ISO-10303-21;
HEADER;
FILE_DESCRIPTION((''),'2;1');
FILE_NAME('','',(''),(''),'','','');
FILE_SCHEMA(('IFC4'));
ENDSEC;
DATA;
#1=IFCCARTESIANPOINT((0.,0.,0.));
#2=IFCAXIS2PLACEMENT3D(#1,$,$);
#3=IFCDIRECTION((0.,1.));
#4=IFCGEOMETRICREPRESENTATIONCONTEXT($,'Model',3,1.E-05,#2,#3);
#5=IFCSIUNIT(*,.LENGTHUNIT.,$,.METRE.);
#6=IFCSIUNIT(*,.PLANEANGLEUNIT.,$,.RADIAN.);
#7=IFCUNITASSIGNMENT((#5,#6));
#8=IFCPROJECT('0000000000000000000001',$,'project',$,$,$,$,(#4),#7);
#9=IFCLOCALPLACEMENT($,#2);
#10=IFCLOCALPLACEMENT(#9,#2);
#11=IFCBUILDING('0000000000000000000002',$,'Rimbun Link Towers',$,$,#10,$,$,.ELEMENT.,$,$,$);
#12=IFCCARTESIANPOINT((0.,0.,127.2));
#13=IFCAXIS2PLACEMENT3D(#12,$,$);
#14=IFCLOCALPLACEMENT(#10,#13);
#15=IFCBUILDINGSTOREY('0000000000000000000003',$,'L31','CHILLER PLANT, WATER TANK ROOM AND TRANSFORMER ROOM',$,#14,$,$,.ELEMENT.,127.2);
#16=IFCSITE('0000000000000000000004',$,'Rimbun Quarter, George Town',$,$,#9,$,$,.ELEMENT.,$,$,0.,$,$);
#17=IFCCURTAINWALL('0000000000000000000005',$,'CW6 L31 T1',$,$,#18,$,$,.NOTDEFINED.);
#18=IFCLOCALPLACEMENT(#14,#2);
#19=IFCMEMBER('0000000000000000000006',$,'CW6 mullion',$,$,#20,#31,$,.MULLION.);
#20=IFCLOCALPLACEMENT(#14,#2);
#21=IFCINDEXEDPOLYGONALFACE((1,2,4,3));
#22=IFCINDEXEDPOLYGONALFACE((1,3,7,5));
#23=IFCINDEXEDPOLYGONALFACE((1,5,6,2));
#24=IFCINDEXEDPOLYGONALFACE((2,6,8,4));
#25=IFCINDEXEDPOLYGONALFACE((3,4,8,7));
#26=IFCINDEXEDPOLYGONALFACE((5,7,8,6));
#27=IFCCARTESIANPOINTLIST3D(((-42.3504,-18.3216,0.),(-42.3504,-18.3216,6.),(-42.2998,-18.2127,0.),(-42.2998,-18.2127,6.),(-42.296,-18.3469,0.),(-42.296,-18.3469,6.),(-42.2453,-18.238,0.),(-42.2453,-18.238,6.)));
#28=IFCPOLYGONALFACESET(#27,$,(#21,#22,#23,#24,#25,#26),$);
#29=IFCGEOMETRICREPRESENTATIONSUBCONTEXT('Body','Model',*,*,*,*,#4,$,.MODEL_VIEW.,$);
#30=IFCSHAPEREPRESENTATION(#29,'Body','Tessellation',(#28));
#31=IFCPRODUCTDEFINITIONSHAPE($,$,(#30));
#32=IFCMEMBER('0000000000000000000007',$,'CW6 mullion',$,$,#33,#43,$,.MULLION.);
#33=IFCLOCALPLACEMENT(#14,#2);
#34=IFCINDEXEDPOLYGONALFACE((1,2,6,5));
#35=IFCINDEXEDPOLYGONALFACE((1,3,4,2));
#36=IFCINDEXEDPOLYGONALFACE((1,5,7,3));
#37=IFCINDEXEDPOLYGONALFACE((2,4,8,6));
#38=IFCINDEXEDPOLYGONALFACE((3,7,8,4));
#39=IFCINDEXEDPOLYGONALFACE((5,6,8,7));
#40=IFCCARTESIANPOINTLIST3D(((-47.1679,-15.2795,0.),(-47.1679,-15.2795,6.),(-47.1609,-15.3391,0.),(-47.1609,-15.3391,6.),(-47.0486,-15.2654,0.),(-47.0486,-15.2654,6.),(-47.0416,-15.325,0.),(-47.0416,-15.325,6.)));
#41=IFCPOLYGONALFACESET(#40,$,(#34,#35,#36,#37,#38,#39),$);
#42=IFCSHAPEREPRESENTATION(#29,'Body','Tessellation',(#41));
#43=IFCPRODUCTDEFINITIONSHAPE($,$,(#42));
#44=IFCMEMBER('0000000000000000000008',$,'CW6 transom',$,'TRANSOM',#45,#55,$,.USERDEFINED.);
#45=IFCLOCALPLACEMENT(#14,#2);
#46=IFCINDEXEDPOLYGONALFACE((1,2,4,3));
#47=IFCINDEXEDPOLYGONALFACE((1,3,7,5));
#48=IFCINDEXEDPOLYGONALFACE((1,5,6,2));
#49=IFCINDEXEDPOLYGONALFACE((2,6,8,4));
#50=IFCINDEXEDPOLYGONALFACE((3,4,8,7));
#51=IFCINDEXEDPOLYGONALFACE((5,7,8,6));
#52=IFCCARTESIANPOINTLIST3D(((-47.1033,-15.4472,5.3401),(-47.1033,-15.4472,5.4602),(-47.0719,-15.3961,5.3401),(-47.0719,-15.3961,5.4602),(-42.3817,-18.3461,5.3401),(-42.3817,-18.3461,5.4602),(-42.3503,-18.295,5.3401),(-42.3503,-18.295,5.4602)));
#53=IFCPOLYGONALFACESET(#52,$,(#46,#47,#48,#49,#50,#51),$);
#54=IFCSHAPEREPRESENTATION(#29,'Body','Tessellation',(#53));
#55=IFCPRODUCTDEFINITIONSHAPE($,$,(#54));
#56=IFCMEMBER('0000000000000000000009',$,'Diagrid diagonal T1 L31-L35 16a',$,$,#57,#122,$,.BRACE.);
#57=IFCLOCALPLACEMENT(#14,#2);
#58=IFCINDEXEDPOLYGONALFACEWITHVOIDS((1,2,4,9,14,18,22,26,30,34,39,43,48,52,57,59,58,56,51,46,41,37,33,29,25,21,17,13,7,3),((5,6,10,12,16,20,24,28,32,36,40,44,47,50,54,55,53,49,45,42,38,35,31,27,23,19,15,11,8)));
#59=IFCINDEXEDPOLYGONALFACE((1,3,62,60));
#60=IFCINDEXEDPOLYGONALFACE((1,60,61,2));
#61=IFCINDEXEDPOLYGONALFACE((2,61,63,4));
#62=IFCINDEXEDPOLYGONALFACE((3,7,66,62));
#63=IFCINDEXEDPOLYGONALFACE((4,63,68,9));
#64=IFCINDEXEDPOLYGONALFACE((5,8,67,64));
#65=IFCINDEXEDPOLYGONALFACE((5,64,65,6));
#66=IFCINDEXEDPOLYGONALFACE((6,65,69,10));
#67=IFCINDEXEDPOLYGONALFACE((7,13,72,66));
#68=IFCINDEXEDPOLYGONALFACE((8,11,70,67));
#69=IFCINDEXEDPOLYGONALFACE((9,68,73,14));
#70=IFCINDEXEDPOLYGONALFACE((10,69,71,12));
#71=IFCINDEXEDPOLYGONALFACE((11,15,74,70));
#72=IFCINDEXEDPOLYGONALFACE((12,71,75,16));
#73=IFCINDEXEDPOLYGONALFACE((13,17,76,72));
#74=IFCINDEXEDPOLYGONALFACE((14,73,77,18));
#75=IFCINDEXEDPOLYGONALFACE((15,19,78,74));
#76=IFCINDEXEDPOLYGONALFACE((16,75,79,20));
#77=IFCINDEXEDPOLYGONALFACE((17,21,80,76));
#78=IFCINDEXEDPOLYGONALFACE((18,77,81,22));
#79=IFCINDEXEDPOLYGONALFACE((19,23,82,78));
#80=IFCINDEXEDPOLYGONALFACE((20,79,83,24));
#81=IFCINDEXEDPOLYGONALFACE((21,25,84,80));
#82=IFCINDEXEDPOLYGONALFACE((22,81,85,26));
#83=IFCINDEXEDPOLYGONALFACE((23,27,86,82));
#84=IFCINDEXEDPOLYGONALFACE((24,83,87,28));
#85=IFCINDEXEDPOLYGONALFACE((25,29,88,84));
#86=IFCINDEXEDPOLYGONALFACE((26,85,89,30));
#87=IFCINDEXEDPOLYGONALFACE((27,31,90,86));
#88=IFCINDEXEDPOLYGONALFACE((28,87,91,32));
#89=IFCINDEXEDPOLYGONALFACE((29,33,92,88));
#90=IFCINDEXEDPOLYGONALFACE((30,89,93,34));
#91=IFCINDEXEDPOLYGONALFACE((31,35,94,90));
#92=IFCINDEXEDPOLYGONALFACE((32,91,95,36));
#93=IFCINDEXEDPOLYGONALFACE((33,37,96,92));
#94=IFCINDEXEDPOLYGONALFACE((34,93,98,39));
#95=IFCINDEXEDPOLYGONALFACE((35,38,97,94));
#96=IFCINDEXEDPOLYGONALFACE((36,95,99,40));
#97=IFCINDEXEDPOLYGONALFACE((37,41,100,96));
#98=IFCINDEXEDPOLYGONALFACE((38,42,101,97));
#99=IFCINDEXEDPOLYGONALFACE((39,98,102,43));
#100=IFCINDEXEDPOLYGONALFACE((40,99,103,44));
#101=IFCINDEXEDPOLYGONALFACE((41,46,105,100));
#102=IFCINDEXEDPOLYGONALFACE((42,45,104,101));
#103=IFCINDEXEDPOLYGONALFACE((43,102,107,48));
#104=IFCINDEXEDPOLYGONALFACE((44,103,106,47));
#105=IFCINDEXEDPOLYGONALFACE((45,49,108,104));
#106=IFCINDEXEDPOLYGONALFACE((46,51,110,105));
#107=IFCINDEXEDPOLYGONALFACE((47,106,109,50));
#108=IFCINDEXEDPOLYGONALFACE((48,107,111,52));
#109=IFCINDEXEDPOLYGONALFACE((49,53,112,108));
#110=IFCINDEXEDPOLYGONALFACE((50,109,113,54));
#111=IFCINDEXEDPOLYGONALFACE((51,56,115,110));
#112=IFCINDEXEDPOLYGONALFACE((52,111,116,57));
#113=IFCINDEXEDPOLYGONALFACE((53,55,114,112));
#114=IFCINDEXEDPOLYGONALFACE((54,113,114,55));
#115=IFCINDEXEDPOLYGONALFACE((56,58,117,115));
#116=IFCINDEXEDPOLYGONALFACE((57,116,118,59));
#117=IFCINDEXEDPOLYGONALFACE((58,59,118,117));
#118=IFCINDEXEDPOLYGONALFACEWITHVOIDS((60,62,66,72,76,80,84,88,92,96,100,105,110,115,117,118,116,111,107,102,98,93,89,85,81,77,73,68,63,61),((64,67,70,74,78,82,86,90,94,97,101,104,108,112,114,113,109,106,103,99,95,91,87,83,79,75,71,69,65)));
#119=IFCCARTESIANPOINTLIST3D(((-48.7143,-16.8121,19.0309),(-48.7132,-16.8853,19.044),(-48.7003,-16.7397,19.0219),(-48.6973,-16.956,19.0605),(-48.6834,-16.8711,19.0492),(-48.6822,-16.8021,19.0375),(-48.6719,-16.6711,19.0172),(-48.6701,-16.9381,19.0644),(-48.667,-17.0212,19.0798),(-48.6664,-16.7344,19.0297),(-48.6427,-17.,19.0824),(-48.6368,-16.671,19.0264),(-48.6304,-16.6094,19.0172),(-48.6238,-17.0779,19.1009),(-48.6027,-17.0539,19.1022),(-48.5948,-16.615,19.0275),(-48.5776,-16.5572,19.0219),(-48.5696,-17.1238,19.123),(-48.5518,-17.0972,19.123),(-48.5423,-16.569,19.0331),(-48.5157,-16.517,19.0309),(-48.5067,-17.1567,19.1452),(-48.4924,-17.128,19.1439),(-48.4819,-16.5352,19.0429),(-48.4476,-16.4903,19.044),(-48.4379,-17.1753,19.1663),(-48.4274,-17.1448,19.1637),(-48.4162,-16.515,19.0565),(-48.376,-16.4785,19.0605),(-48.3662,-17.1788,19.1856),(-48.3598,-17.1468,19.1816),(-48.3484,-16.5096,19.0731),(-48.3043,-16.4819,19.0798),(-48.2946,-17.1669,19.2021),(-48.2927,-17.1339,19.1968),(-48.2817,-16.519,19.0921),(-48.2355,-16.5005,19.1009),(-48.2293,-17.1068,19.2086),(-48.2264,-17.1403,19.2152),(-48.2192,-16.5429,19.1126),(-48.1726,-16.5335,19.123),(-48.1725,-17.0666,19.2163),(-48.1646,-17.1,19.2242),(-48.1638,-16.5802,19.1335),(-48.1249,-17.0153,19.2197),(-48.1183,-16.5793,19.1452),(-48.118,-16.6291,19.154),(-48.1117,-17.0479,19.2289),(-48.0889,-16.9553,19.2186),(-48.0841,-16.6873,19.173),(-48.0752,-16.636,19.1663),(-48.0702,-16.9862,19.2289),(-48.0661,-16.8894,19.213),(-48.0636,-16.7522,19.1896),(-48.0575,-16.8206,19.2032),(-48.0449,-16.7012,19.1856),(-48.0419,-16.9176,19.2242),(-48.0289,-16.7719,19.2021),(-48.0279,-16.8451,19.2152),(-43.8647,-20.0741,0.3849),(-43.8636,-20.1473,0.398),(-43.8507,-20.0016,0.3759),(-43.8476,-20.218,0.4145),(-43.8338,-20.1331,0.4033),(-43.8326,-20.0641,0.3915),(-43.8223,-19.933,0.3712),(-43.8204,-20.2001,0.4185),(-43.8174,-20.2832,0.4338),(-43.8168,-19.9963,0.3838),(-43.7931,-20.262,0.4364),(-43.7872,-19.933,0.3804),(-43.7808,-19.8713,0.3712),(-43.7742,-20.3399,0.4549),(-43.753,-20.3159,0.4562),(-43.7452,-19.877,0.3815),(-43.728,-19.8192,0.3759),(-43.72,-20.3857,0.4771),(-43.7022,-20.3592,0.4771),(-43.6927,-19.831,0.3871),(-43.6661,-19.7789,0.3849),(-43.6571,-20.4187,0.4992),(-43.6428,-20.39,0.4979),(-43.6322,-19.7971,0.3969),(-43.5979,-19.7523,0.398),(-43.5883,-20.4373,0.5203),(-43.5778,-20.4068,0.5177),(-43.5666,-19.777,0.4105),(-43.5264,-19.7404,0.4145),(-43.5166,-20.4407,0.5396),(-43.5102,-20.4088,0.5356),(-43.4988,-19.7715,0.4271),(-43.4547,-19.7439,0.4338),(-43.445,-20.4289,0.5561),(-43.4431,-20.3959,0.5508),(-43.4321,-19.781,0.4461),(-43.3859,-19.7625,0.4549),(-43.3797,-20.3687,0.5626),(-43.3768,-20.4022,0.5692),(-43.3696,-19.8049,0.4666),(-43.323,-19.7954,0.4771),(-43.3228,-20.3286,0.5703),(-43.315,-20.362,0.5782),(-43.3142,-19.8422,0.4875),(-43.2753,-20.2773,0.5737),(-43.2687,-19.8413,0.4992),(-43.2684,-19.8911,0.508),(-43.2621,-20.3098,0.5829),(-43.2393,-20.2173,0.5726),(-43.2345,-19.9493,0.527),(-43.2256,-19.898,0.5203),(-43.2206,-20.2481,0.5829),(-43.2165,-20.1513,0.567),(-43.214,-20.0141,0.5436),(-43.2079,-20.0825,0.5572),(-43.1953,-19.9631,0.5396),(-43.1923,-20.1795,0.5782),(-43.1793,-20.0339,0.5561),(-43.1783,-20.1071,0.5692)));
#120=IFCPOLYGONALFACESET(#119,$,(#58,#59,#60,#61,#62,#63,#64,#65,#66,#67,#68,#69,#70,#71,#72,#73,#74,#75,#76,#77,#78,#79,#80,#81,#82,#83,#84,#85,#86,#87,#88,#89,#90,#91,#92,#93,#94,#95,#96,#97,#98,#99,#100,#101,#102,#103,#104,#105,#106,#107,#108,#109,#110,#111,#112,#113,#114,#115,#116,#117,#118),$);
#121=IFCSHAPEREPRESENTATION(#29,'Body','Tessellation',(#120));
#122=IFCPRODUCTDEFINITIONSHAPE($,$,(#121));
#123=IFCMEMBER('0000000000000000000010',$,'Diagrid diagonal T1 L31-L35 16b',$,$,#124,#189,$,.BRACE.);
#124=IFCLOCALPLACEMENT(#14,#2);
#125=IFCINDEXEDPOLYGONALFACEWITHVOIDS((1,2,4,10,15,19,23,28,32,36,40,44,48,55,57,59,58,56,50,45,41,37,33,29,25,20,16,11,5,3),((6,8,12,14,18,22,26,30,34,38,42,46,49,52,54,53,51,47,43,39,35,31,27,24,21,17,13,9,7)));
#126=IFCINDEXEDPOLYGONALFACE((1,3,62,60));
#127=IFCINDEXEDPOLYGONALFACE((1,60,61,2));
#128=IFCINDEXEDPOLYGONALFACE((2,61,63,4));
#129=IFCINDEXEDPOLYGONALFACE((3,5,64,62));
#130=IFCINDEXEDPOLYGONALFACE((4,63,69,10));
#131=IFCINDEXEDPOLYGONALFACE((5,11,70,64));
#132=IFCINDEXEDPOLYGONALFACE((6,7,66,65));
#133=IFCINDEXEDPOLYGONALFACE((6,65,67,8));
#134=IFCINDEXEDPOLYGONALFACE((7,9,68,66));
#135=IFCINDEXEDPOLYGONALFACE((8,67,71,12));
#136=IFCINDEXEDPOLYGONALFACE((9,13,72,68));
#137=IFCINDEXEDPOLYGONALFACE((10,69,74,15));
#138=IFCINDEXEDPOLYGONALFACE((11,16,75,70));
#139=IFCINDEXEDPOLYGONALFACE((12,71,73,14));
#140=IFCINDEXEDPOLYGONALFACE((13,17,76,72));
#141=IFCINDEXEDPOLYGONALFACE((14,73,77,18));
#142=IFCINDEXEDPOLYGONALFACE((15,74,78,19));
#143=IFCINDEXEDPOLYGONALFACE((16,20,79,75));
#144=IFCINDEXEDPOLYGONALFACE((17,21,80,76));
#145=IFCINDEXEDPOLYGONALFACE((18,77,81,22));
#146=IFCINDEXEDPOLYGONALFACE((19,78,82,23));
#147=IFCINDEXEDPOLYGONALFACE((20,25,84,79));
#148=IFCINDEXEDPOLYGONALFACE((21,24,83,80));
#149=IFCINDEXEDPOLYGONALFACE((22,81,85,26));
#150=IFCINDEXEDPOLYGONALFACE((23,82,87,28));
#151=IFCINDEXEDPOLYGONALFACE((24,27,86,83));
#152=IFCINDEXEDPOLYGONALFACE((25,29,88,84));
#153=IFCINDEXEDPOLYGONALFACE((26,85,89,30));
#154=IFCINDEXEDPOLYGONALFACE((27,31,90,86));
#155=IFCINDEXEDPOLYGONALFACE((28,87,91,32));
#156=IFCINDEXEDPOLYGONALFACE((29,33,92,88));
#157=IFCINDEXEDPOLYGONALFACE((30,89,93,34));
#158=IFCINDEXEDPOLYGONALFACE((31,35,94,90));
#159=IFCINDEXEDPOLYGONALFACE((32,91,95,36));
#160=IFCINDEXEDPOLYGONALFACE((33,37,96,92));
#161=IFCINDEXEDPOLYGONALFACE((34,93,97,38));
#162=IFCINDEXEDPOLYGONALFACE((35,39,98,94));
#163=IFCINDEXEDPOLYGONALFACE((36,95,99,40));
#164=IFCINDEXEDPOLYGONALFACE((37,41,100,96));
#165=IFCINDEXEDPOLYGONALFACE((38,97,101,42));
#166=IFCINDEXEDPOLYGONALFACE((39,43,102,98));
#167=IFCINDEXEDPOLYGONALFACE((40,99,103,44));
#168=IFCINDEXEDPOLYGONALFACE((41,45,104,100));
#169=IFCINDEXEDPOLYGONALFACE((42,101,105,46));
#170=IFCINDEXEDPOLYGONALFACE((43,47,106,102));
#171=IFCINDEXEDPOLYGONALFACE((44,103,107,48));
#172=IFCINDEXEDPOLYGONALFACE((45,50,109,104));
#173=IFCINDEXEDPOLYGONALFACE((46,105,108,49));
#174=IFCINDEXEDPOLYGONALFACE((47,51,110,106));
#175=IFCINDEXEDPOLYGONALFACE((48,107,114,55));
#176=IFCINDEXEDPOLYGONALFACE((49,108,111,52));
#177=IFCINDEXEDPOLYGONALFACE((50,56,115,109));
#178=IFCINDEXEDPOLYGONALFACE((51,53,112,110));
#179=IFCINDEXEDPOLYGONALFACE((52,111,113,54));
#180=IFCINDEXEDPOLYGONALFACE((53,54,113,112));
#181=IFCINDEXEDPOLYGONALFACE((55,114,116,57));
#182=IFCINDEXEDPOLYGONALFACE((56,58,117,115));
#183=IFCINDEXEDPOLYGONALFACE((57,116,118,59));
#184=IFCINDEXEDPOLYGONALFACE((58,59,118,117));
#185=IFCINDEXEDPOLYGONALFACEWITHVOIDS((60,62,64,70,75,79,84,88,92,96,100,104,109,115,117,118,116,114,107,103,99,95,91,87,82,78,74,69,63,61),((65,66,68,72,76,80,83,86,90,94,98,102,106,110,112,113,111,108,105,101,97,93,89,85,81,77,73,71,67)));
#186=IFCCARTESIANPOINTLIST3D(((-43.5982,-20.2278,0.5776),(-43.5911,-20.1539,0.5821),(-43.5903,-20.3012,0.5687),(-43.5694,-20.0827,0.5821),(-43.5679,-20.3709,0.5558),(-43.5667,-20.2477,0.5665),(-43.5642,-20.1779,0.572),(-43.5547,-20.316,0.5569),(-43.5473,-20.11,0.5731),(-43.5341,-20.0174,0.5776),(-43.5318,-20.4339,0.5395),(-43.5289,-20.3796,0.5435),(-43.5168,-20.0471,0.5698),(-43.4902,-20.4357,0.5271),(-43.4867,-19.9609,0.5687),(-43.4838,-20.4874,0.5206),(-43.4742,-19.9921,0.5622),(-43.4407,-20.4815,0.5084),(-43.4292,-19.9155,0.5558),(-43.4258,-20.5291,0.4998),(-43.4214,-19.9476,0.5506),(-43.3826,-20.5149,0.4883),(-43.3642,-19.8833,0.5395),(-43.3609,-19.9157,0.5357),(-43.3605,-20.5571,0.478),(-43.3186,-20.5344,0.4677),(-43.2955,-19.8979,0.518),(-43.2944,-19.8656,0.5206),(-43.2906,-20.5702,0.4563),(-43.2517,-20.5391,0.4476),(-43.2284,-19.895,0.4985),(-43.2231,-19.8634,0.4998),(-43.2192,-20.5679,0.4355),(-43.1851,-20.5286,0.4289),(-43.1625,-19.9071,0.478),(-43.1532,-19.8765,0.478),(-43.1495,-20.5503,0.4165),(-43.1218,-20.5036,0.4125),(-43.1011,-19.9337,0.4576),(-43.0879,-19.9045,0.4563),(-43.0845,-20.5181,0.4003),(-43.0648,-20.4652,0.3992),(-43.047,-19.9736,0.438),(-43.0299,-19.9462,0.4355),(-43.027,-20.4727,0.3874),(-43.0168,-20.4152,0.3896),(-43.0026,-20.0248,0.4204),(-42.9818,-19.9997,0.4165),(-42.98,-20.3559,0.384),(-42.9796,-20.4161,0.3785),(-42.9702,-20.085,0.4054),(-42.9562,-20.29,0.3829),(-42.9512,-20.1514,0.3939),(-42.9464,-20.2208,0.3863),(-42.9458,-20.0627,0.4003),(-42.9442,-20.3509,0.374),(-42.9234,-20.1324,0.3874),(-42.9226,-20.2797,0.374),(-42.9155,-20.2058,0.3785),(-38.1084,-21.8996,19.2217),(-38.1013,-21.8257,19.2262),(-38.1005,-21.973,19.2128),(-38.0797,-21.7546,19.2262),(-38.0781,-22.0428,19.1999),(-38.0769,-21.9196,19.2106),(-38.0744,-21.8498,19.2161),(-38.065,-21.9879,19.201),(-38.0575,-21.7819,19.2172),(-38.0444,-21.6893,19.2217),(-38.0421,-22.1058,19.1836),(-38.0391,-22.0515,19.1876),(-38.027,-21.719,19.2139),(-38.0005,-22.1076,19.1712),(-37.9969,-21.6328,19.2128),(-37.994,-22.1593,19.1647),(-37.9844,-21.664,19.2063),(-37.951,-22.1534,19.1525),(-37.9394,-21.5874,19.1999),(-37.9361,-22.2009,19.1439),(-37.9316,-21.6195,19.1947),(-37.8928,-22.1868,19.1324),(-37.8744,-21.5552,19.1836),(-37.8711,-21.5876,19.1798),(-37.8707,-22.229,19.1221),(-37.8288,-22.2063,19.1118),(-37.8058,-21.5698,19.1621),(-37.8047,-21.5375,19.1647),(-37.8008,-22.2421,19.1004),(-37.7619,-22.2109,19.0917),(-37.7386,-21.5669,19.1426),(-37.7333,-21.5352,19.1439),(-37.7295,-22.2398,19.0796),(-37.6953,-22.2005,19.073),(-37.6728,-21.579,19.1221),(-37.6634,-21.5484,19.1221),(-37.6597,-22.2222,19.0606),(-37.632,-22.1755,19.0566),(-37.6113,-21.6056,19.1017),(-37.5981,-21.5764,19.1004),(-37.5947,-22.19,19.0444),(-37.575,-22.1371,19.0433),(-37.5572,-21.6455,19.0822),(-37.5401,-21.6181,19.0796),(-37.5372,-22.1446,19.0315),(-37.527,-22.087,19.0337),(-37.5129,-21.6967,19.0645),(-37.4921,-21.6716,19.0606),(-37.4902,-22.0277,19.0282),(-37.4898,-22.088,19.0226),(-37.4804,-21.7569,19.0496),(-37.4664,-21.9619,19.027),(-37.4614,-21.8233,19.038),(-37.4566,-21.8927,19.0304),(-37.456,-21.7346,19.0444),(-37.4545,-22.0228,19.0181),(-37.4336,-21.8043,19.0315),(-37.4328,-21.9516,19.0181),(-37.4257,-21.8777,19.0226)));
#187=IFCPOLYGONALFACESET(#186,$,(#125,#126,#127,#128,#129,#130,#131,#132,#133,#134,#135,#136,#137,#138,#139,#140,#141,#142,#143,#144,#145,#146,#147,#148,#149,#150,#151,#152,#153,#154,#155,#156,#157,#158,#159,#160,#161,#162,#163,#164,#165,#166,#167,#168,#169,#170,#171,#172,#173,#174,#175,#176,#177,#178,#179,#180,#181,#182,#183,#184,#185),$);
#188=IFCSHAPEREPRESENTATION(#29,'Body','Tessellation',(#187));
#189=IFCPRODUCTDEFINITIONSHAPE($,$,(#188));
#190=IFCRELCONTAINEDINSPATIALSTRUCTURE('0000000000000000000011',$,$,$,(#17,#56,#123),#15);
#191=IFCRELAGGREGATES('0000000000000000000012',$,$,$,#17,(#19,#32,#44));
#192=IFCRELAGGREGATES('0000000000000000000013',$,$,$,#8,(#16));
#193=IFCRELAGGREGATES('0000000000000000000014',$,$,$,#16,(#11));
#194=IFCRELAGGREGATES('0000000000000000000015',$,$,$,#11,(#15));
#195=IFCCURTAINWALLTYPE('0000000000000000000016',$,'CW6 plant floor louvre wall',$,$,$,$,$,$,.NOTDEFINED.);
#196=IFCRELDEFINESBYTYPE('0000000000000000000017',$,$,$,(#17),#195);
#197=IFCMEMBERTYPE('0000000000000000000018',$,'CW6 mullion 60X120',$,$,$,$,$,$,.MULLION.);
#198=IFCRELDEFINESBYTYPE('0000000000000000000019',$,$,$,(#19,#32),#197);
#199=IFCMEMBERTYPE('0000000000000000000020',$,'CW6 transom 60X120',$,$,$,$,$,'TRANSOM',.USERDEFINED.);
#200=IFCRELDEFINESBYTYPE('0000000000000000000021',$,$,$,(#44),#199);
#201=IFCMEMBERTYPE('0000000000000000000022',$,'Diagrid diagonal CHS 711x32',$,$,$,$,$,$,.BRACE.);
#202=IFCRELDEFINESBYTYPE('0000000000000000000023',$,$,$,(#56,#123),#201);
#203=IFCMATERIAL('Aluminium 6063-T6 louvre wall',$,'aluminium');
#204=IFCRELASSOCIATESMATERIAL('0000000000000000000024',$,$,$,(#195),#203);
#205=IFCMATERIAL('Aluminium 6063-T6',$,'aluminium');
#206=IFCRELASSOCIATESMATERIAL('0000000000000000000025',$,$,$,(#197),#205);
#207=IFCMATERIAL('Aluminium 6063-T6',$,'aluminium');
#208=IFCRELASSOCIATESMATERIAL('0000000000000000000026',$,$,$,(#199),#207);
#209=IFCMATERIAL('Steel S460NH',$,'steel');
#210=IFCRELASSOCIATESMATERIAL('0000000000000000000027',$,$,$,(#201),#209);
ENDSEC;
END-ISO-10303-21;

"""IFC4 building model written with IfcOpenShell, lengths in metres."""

from ifc_helpers import new_model, si_unit, direction, frame, origin, origin_2d, place, context, subcontext, project, spatial, rectangle, hollow_circle, extrude, material, material_profile, profile_set, type_object, element, aggregate, save


model = new_model("IFC4")

# Units and contexts
model_context = context("Model", 3, precision=1e-05, world=origin(), true_north=direction((0.0, 1.0)))
body_context = subcontext(model_context, "Body", "Model", "MODEL_VIEW")
ifc_project = project(units=[si_unit("LENGTHUNIT", "METRE"), si_unit("PLANEANGLEUNIT", "RADIAN")], contexts=[model_context])

# Site, building, storey
site_placement = place(None, origin())
site = spatial("IfcSite", under=ifc_project, at=site_placement, Name="Rimbun Quarter, George Town", CompositionType="ELEMENT", RefElevation=0.0)
building_placement = place(site_placement, origin())
building = spatial("IfcBuilding", under=site, at=building_placement, Name="Rimbun Link Towers", CompositionType="ELEMENT")
storey_placement = place(building_placement, frame((0.0, 0.0, 127.2)))
storey = spatial("IfcBuildingStorey", under=building, at=storey_placement, Name="L31", Description="CHILLER PLANT, WATER TANK ROOM AND TRANSFORMER ROOM", CompositionType="ELEMENT", Elevation=127.2)

# Curtain wall, members
ifc_material_1 = material(Name="Aluminium 6063-T6 louvre wall", Category="aluminium")
curtain_wall_type = type_object("IfcCurtainWallType", Name="CW6 plant floor louvre wall", PredefinedType="NOTDEFINED", material=ifc_material_1)
curtain_wall_placement = place(storey_placement, origin())
curtain_wall = element("IfcCurtainWall", 1, at=curtain_wall_placement, inside=storey, type_object=curtain_wall_type, Name="CW6 L31 T1", PredefinedType="NOTDEFINED")
ifc_material_2 = material(Name="Aluminium 6063-T6", Category="aluminium")
ifc_material_profile_1 = material_profile(ifc_material_2, rectangle(XDim=0.1201, YDim=0.0601, at=origin_2d()), Name="MULLION 60X120")
ifc_profile_set_1 = profile_set([ifc_material_profile_1], Name="Aluminium 6063-T6")
member_type_1 = type_object("IfcMemberType", Name="CW6 mullion 60X120", PredefinedType="MULLION", material=ifc_profile_set_1)
member_1_placement = place(storey_placement, frame((-42.2979, -18.2798, 0.0), z_axis=(0.0, 0.0, 1.0), x_axis=(-0.421707, -0.906732, 0.0)))
member_1 = element("IfcMember", 2, at=member_1_placement, type_object=member_type_1, Name="CW6 mullion", PredefinedType="MULLION", context=body_context, shape_type="SweptSolid", body=[
    extrude(rectangle(XDim=0.1201, YDim=0.0601, at=origin_2d()), origin(), (0.0, 0.0, 1.0), 6.0),
])
member_2_placement = place(storey_placement, frame((-47.1047, -15.3022, 0.0), z_axis=(0.0, 0.0, 1.0), x_axis=(-0.99312, -0.117103, 0.0)))
member_2 = element("IfcMember", 3, at=member_2_placement, type_object=member_type_1, Name="CW6 mullion", PredefinedType="MULLION", context=body_context, shape_type="SweptSolid", body=[
    extrude(rectangle(XDim=0.1201, YDim=0.0601, at=origin_2d()), origin(), (0.0, 0.0, 1.0), 6.0),
])
ifc_material_3 = material(Name="Aluminium 6063-T6", Category="aluminium")
ifc_material_profile_2 = material_profile(ifc_material_3, rectangle(XDim=0.0601, YDim=0.1201, at=origin_2d()), Name="TRANSOM 60X120")
ifc_profile_set_2 = profile_set([ifc_material_profile_2], Name="Aluminium 6063-T6")
member_type_2 = type_object("IfcMemberType", Name="CW6 transom 60X120", ElementType="TRANSOM", PredefinedType="USERDEFINED", material=ifc_profile_set_2)
member_3_placement = place(storey_placement, frame((-42.366, -18.3206, 5.4001), z_axis=(-0.852199, 0.523217, 0.0), x_axis=(-0.523217, -0.852199, 0.0)))
member_3 = element("IfcMember", 4, at=member_3_placement, type_object=member_type_2, Name="CW6 transom", ObjectType="TRANSOM", PredefinedType="USERDEFINED", context=body_context, shape_type="SweptSolid", body=[
    extrude(rectangle(XDim=0.0601, YDim=0.1201, at=origin_2d()), origin(), (0.0, 0.0, 1.0), 5.5405),
])

# Members
ifc_material_4 = material(Name="Steel S460NH", Category="steel")
ifc_material_profile_3 = material_profile(ifc_material_4, hollow_circle(Radius=0.3557, WallThickness=0.032, at=origin_2d()), Name="Diagrid diagonal CHS 711x32")
ifc_profile_set_3 = profile_set([ifc_material_profile_3], Name="Steel S460NH")
member_type_3 = type_object("IfcMemberType", Name="Diagrid diagonal CHS 711x32", PredefinedType="BRACE", material=ifc_profile_set_3)
member_4_placement = place(storey_placement, frame((-43.5215, -20.0906, 0.4771), z_axis=(-0.248182, 0.166933, 0.954222), x_axis=(-0.558118, -0.829762, 0.0)))
element("IfcMember", 5, at=member_4_placement, inside=storey, type_object=member_type_3, Name="Diagrid diagonal T1 L31-L35 16a", PredefinedType="BRACE", context=body_context, shape_type="SweptSolid", body=[
    extrude(hollow_circle(Radius=0.3557, WallThickness=0.032, at=origin_2d()), origin(), (0.0, 0.0, 1.0), 19.5405),
])
member_5_placement = place(storey_placement, frame((-43.2568, -20.2168, 0.478), z_axis=(0.281421, -0.085705, 0.955749), x_axis=(0.291334, 0.956621, 0.0)))
element("IfcMember", 6, at=member_5_placement, inside=storey, type_object=member_type_3, Name="Diagrid diagonal T1 L31-L35 16b", PredefinedType="BRACE", context=body_context, shape_type="SweptSolid", body=[
    extrude(hollow_circle(Radius=0.3557, WallThickness=0.032, at=origin_2d()), origin(), (0.0, 0.0, 1.0), 19.5073),
])

aggregate(curtain_wall, [member_1, member_2, member_3])

save(model, "model.ifc")
